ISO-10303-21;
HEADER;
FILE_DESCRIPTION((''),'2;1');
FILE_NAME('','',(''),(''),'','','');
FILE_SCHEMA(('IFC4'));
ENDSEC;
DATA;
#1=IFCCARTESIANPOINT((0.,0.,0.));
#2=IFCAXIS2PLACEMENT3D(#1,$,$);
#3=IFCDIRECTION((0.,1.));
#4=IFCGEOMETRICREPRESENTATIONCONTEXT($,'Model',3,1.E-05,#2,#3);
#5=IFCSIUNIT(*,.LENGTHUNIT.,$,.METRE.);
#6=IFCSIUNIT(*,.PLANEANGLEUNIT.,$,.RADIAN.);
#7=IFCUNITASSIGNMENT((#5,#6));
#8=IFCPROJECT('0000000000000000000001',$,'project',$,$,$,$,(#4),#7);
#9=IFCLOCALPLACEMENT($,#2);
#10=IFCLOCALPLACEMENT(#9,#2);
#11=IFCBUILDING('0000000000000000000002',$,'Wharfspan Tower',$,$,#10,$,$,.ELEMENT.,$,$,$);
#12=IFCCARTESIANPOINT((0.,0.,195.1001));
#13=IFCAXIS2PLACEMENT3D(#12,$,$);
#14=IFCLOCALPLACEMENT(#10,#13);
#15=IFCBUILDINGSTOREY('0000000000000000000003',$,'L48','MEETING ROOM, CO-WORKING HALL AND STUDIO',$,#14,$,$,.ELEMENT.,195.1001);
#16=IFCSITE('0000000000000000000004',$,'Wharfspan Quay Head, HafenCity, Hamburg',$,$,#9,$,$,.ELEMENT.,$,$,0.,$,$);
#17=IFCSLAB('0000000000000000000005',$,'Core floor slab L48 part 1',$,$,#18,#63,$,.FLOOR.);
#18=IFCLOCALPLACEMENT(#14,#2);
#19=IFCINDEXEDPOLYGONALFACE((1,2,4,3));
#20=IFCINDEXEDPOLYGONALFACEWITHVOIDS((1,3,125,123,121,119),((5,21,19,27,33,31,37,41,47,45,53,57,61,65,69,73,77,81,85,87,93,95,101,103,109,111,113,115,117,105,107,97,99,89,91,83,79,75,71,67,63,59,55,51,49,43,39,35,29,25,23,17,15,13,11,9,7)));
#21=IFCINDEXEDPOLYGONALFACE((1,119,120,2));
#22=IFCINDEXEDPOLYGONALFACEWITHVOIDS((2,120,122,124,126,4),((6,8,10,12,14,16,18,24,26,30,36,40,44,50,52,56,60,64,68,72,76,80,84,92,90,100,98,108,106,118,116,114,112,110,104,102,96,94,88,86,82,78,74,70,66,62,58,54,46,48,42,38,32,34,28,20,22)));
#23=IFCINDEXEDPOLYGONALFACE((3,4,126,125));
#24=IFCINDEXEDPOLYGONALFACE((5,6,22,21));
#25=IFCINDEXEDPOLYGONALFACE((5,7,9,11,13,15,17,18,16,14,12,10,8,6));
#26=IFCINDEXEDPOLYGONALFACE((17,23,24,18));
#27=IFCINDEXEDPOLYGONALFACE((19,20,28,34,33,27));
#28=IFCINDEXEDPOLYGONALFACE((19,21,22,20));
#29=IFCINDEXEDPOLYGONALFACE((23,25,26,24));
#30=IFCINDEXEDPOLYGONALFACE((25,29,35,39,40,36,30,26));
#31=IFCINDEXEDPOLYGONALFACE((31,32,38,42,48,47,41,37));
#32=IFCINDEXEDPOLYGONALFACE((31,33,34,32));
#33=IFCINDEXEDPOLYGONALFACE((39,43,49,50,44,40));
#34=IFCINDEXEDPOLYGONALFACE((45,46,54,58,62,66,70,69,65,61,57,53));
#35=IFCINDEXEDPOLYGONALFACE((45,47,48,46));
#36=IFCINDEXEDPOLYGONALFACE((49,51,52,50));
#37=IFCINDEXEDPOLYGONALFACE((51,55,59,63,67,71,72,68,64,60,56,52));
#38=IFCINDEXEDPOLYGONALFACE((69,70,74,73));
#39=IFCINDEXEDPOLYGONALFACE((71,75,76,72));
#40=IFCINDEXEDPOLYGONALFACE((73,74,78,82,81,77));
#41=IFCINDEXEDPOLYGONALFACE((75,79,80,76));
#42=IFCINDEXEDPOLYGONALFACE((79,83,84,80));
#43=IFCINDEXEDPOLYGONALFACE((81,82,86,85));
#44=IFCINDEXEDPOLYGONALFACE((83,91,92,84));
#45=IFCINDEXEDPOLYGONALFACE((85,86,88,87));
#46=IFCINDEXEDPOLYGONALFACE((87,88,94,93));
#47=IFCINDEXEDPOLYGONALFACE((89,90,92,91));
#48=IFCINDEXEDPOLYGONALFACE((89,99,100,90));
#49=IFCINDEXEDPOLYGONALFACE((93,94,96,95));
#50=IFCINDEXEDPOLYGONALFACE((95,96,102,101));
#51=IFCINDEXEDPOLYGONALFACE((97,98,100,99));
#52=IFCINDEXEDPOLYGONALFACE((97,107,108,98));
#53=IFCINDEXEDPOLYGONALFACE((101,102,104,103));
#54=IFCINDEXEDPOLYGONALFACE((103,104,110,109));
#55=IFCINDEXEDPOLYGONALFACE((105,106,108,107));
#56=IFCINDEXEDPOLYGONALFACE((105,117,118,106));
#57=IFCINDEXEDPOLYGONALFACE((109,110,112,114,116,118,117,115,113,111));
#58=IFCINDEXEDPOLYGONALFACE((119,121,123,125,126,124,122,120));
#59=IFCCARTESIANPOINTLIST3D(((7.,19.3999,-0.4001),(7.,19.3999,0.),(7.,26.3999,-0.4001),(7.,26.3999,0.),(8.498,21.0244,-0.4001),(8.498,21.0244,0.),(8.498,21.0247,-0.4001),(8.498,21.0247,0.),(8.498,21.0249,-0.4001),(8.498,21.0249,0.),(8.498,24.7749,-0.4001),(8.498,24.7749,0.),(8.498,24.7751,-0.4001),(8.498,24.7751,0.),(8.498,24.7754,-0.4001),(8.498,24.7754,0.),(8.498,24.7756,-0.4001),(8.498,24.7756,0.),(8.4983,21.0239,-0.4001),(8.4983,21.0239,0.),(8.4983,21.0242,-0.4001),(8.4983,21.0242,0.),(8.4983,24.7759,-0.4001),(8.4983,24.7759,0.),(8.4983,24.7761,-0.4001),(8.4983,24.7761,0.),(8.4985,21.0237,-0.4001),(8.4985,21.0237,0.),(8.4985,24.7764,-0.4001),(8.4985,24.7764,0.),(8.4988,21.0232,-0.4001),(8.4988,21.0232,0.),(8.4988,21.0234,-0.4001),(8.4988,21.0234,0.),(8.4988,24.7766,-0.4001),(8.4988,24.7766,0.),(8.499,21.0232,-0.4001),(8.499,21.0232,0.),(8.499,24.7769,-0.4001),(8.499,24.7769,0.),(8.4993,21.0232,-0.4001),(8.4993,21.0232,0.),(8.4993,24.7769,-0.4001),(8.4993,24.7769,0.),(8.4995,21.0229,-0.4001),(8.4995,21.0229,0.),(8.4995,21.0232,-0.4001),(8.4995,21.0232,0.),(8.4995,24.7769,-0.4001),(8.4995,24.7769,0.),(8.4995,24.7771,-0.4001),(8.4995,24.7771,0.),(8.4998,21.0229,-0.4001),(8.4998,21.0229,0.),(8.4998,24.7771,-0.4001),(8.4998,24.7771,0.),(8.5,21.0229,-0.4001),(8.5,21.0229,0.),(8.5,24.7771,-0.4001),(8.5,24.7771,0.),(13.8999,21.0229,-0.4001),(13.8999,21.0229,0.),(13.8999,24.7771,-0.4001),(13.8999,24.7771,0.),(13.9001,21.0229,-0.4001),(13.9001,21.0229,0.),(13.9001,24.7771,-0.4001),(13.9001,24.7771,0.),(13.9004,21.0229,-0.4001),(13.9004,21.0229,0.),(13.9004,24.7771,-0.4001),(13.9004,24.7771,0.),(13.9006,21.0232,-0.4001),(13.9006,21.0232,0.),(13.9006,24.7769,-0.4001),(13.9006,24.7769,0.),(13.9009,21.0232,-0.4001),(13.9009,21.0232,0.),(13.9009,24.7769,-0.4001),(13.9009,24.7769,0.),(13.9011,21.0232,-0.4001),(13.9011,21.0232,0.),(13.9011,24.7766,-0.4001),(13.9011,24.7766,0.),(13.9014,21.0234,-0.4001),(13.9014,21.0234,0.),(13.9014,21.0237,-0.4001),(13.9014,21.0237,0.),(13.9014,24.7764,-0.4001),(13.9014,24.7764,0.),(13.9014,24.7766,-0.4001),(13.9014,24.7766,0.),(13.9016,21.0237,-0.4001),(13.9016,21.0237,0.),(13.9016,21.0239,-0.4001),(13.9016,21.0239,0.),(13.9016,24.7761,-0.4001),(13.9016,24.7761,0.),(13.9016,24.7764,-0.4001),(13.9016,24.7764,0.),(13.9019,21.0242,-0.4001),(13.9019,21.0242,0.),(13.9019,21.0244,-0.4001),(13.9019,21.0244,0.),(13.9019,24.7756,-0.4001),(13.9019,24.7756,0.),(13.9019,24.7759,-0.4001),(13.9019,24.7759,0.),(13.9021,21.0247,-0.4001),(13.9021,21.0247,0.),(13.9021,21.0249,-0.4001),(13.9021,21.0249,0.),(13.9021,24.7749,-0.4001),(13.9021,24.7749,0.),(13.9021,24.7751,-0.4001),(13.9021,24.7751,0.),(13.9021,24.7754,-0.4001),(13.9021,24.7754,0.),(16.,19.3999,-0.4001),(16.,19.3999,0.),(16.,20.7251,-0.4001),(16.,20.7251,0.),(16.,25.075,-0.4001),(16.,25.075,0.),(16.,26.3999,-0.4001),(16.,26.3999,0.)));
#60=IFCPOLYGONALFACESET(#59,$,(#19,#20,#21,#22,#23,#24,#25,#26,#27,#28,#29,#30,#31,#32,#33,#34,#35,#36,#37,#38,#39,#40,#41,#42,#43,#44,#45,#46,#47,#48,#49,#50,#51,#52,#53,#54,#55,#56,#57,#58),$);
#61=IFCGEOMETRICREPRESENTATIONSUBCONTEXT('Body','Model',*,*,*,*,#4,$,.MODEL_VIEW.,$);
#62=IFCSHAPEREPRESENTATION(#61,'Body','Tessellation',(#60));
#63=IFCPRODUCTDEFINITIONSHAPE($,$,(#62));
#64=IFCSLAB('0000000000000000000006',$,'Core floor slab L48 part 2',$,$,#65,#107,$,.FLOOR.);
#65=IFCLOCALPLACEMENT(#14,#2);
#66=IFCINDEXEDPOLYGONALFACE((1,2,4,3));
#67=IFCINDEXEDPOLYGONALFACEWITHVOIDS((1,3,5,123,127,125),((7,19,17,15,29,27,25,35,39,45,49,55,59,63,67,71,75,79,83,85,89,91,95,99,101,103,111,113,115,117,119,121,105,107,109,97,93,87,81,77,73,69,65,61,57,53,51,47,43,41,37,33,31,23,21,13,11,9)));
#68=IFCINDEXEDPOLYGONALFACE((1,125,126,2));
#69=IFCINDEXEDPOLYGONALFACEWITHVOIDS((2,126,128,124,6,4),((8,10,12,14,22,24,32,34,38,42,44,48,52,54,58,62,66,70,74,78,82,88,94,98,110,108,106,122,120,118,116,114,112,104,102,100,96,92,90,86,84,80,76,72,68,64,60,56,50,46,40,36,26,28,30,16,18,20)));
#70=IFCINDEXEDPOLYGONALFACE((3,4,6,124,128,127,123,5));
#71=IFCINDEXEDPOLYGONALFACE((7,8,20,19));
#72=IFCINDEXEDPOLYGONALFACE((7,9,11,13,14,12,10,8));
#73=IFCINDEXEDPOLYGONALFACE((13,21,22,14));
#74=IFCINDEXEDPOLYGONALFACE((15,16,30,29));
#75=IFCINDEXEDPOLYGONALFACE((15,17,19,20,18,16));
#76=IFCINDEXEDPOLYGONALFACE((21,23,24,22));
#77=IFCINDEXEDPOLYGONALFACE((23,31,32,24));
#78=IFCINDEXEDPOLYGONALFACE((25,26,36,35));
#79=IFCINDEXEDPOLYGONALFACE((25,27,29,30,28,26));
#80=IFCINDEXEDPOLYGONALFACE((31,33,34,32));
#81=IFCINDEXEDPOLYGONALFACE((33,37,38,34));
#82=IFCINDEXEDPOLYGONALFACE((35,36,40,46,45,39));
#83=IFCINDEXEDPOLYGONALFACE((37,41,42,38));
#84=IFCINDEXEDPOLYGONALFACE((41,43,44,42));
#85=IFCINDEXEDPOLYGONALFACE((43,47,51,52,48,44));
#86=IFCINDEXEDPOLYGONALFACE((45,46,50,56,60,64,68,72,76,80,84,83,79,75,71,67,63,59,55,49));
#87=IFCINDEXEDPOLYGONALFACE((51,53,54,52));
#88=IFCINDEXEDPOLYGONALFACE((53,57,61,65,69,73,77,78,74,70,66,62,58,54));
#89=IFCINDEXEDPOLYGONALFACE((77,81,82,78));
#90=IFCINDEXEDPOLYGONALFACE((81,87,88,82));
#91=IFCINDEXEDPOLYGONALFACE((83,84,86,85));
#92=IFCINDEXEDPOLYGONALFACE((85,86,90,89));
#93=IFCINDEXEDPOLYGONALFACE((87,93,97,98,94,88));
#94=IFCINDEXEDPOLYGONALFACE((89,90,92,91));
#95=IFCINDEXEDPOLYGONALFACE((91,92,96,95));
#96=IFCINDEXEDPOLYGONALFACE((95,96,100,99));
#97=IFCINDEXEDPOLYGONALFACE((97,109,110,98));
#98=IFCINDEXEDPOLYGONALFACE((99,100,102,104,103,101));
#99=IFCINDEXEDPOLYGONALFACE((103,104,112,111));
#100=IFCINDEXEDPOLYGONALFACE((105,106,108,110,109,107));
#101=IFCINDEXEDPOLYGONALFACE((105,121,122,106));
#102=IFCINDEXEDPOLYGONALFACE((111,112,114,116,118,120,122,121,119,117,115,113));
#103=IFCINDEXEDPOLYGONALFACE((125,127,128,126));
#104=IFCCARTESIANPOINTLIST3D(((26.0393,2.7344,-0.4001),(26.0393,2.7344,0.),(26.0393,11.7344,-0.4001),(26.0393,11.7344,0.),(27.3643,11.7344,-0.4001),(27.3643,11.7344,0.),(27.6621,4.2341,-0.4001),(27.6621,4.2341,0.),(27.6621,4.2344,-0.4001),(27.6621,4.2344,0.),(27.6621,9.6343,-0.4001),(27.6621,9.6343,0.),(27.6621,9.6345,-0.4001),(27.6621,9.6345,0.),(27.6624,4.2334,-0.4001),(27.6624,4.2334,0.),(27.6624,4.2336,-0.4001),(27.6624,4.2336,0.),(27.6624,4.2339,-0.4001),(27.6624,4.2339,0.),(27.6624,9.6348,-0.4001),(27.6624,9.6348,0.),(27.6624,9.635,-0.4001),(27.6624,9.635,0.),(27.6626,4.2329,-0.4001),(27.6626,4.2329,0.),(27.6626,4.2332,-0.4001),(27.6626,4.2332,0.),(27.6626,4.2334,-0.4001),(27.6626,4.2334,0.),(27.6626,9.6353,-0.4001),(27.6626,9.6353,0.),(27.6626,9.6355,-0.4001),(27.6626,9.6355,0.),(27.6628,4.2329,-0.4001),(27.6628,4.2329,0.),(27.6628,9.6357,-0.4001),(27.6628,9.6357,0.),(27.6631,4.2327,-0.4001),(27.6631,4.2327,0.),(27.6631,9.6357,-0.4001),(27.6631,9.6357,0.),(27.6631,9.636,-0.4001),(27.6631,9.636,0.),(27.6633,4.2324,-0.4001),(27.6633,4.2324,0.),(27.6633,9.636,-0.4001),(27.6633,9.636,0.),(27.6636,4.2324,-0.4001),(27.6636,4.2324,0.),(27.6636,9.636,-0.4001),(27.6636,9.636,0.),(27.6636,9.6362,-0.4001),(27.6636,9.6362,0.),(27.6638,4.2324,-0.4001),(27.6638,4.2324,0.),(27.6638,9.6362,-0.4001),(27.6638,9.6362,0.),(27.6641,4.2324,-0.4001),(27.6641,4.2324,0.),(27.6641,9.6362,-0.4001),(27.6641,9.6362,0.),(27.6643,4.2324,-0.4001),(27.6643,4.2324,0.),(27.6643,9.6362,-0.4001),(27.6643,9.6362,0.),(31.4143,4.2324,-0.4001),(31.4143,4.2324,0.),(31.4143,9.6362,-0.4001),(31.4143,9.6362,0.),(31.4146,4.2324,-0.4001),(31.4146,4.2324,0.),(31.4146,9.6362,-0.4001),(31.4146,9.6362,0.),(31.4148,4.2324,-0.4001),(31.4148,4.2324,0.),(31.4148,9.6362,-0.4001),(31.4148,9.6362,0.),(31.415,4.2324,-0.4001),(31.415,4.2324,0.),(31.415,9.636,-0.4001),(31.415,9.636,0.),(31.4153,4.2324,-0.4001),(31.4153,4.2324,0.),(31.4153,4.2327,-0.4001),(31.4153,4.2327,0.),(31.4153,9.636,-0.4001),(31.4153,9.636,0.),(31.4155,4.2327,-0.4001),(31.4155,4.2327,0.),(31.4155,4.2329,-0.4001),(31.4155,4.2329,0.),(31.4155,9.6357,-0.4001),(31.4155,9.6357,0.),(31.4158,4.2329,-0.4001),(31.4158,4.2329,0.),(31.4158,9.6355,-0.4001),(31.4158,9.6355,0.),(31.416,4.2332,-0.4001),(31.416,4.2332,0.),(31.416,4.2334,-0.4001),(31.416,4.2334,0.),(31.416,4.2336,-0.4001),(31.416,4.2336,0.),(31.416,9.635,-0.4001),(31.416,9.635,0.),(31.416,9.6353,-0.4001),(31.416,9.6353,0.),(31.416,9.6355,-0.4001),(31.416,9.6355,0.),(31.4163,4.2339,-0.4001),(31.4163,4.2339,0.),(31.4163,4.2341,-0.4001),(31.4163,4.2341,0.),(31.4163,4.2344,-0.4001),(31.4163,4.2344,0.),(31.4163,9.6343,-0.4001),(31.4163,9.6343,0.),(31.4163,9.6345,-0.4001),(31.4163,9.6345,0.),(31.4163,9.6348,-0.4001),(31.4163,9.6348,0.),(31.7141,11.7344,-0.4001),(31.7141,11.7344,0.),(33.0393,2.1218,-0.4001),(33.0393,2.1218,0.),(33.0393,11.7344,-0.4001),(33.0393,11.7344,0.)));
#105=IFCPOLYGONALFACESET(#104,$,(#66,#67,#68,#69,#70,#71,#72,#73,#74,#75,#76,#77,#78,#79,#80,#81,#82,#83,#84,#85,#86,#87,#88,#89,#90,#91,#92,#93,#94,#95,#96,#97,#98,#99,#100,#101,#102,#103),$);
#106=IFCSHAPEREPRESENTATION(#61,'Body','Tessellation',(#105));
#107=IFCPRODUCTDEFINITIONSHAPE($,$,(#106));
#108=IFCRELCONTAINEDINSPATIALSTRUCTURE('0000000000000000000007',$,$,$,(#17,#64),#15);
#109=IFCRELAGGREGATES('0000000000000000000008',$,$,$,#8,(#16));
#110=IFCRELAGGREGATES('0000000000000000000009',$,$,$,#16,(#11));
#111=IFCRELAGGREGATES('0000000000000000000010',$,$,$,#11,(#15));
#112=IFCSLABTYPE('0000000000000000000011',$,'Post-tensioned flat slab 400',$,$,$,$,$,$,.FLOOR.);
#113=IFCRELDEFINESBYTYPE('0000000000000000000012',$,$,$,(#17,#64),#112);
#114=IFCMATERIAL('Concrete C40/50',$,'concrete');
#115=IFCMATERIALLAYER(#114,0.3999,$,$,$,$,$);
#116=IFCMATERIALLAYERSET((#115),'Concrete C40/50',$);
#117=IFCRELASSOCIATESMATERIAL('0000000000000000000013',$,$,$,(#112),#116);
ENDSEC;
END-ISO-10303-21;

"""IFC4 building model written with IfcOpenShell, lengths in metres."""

from ifc_helpers import new_model, si_unit, direction, frame, origin, place, context, subcontext, project, spatial, polyline, outline, extrude, material, layer, layer_set, type_object, element, save


model = new_model("IFC4")

# Units and contexts
model_context = context("Model", 3, precision=1e-05, world=origin(), true_north=direction((0.0, 1.0)))
body_context = subcontext(model_context, "Body", "Model", "MODEL_VIEW")
ifc_project = project(units=[si_unit("LENGTHUNIT", "METRE"), si_unit("PLANEANGLEUNIT", "RADIAN")], contexts=[model_context])

# Site, building, storey
site_placement = place(None, origin())
site = spatial("IfcSite", under=ifc_project, at=site_placement, Name="Wharfspan Quay Head, HafenCity, Hamburg", CompositionType="ELEMENT", RefElevation=0.0)
building_placement = place(site_placement, origin())
building = spatial("IfcBuilding", under=site, at=building_placement, Name="Wharfspan Tower", CompositionType="ELEMENT")
storey_placement = place(building_placement, frame((0.0, 0.0, 195.1001)))
storey = spatial("IfcBuildingStorey", under=building, at=storey_placement, Name="L48", Description="MEETING ROOM, CO-WORKING HALL AND STUDIO", CompositionType="ELEMENT", Elevation=195.1001)

# Slabs
ifc_material_1 = material(Name="Concrete C40/50", Category="concrete")
ifc_layer_1 = layer(ifc_material_1, 0.3999)
ifc_layer_set_1 = layer_set([ifc_layer_1], Name="Concrete C40/50")
slab_type_1 = type_object("IfcSlabType", Name="Post-tensioned flat slab 400", PredefinedType="FLOOR", material=ifc_layer_set_1)
slab_1_placement = place(storey_placement, frame((0.0, 0.0, -0.4001)))
element("IfcSlab", 1, at=slab_1_placement, inside=storey, type_object=slab_type_1, Name="Core floor slab L48 part 1", PredefinedType="FLOOR", context=body_context, shape_type="SweptSolid", body=[
    extrude(outline(polyline([(16.0, 20.7251), (16.0, 25.075), (16.0, 26.3999), (7.0, 26.3999), (7.0, 19.3999), (16.0, 19.3999), (16.0, 20.7251)]), holes=[polyline([(13.8999, 24.7771), (13.9001, 24.7771), (13.9004, 24.7771), (13.9006, 24.7769), (13.9009, 24.7769), (13.9009, 24.7769), (13.9011, 24.7766), (13.9014, 24.7766), (13.9014, 24.7764), (13.9016, 24.7764), (13.9016, 24.7761), (13.9019, 24.7759), (13.9019, 24.7759), (13.9019, 24.7756), (13.9021, 24.7754), (13.9021, 24.7751), (13.9021, 24.7749), (13.9021, 21.0249), (13.9021, 21.0249), (13.9021, 21.0247), (13.9019, 21.0244), (13.9019, 21.0242), (13.9019, 21.0242), (13.9016, 21.0239), (13.9016, 21.0237), (13.9014, 21.0237), (13.9014, 21.0234), (13.9011, 21.0232), (13.9009, 21.0232), (13.9009, 21.0232), (13.9006, 21.0232), (13.9004, 21.0229), (13.9001, 21.0229), (13.8999, 21.0229), (8.5, 21.0229), (8.4998, 21.0229), (8.4995, 21.0229), (8.4995, 21.0232), (8.4993, 21.0232), (8.499, 21.0232), (8.4988, 21.0232), (8.4988, 21.0234), (8.4985, 21.0237), (8.4985, 21.0237), (8.4983, 21.0239), (8.4983, 21.0242), (8.4983, 21.0242), (8.498, 21.0244), (8.498, 21.0247), (8.498, 21.0249), (8.498, 21.0249), (8.498, 24.7749), (8.498, 24.7751), (8.498, 24.7754), (8.498, 24.7756), (8.4983, 24.7759), (8.4983, 24.7759), (8.4983, 24.7761), (8.4985, 24.7764), (8.4985, 24.7764), (8.4988, 24.7766), (8.4988, 24.7766), (8.499, 24.7769), (8.4993, 24.7769), (8.4995, 24.7769), (8.4995, 24.7771), (8.4998, 24.7771), (8.5, 24.7771), (13.8999, 24.7771)])]), origin(), (0.0, 0.0, 1.0), 0.4001),
])
slab_2_placement = place(storey_placement, frame((0.0, 0.0, -0.4001)))
element("IfcSlab", 2, at=slab_2_placement, inside=storey, type_object=slab_type_1, Name="Core floor slab L48 part 2", PredefinedType="FLOOR", context=body_context, shape_type="SweptSolid", body=[
    extrude(outline(polyline([(31.7141, 11.7344), (27.3643, 11.7344), (26.0393, 11.7344), (26.0393, 2.7344), (33.0393, 2.1218), (33.0393, 11.7344), (31.7141, 11.7344)]), holes=[polyline([(27.6621, 9.6343), (27.6621, 9.6345), (27.6624, 9.6348), (27.6624, 9.635), (27.6624, 9.635), (27.6626, 9.6353), (27.6626, 9.6355), (27.6626, 9.6355), (27.6628, 9.6357), (27.6631, 9.6357), (27.6631, 9.636), (27.6633, 9.636), (27.6636, 9.636), (27.6636, 9.6362), (27.6638, 9.6362), (27.6641, 9.6362), (27.6643, 9.6362), (31.4143, 9.6362), (31.4143, 9.6362), (31.4146, 9.6362), (31.4148, 9.6362), (31.415, 9.636), (31.4153, 9.636), (31.4153, 9.636), (31.4155, 9.6357), (31.4155, 9.6357), (31.4158, 9.6355), (31.416, 9.6355), (31.416, 9.6353), (31.416, 9.635), (31.416, 9.635), (31.4163, 9.6348), (31.4163, 9.6345), (31.4163, 9.6343), (31.4163, 4.2344), (31.4163, 4.2341), (31.4163, 4.2339), (31.416, 4.2336), (31.416, 4.2334), (31.416, 4.2334), (31.416, 4.2332), (31.4158, 4.2329), (31.4155, 4.2329), (31.4155, 4.2327), (31.4153, 4.2327), (31.4153, 4.2324), (31.415, 4.2324), (31.4148, 4.2324), (31.4146, 4.2324), (31.4143, 4.2324), (31.4143, 4.2324), (27.6643, 4.2324), (27.6641, 4.2324), (27.6638, 4.2324), (27.6636, 4.2324), (27.6636, 4.2324), (27.6633, 4.2324), (27.6631, 4.2327), (27.6631, 4.2327), (27.6628, 4.2329), (27.6626, 4.2329), (27.6626, 4.2332), (27.6626, 4.2334), (27.6624, 4.2334), (27.6624, 4.2336), (27.6624, 4.2339), (27.6621, 4.2341), (27.6621, 4.2344), (27.6621, 9.6343)])]), origin(), (0.0, 0.0, 1.0), 0.4001),
])

save(model, "model.ifc")
